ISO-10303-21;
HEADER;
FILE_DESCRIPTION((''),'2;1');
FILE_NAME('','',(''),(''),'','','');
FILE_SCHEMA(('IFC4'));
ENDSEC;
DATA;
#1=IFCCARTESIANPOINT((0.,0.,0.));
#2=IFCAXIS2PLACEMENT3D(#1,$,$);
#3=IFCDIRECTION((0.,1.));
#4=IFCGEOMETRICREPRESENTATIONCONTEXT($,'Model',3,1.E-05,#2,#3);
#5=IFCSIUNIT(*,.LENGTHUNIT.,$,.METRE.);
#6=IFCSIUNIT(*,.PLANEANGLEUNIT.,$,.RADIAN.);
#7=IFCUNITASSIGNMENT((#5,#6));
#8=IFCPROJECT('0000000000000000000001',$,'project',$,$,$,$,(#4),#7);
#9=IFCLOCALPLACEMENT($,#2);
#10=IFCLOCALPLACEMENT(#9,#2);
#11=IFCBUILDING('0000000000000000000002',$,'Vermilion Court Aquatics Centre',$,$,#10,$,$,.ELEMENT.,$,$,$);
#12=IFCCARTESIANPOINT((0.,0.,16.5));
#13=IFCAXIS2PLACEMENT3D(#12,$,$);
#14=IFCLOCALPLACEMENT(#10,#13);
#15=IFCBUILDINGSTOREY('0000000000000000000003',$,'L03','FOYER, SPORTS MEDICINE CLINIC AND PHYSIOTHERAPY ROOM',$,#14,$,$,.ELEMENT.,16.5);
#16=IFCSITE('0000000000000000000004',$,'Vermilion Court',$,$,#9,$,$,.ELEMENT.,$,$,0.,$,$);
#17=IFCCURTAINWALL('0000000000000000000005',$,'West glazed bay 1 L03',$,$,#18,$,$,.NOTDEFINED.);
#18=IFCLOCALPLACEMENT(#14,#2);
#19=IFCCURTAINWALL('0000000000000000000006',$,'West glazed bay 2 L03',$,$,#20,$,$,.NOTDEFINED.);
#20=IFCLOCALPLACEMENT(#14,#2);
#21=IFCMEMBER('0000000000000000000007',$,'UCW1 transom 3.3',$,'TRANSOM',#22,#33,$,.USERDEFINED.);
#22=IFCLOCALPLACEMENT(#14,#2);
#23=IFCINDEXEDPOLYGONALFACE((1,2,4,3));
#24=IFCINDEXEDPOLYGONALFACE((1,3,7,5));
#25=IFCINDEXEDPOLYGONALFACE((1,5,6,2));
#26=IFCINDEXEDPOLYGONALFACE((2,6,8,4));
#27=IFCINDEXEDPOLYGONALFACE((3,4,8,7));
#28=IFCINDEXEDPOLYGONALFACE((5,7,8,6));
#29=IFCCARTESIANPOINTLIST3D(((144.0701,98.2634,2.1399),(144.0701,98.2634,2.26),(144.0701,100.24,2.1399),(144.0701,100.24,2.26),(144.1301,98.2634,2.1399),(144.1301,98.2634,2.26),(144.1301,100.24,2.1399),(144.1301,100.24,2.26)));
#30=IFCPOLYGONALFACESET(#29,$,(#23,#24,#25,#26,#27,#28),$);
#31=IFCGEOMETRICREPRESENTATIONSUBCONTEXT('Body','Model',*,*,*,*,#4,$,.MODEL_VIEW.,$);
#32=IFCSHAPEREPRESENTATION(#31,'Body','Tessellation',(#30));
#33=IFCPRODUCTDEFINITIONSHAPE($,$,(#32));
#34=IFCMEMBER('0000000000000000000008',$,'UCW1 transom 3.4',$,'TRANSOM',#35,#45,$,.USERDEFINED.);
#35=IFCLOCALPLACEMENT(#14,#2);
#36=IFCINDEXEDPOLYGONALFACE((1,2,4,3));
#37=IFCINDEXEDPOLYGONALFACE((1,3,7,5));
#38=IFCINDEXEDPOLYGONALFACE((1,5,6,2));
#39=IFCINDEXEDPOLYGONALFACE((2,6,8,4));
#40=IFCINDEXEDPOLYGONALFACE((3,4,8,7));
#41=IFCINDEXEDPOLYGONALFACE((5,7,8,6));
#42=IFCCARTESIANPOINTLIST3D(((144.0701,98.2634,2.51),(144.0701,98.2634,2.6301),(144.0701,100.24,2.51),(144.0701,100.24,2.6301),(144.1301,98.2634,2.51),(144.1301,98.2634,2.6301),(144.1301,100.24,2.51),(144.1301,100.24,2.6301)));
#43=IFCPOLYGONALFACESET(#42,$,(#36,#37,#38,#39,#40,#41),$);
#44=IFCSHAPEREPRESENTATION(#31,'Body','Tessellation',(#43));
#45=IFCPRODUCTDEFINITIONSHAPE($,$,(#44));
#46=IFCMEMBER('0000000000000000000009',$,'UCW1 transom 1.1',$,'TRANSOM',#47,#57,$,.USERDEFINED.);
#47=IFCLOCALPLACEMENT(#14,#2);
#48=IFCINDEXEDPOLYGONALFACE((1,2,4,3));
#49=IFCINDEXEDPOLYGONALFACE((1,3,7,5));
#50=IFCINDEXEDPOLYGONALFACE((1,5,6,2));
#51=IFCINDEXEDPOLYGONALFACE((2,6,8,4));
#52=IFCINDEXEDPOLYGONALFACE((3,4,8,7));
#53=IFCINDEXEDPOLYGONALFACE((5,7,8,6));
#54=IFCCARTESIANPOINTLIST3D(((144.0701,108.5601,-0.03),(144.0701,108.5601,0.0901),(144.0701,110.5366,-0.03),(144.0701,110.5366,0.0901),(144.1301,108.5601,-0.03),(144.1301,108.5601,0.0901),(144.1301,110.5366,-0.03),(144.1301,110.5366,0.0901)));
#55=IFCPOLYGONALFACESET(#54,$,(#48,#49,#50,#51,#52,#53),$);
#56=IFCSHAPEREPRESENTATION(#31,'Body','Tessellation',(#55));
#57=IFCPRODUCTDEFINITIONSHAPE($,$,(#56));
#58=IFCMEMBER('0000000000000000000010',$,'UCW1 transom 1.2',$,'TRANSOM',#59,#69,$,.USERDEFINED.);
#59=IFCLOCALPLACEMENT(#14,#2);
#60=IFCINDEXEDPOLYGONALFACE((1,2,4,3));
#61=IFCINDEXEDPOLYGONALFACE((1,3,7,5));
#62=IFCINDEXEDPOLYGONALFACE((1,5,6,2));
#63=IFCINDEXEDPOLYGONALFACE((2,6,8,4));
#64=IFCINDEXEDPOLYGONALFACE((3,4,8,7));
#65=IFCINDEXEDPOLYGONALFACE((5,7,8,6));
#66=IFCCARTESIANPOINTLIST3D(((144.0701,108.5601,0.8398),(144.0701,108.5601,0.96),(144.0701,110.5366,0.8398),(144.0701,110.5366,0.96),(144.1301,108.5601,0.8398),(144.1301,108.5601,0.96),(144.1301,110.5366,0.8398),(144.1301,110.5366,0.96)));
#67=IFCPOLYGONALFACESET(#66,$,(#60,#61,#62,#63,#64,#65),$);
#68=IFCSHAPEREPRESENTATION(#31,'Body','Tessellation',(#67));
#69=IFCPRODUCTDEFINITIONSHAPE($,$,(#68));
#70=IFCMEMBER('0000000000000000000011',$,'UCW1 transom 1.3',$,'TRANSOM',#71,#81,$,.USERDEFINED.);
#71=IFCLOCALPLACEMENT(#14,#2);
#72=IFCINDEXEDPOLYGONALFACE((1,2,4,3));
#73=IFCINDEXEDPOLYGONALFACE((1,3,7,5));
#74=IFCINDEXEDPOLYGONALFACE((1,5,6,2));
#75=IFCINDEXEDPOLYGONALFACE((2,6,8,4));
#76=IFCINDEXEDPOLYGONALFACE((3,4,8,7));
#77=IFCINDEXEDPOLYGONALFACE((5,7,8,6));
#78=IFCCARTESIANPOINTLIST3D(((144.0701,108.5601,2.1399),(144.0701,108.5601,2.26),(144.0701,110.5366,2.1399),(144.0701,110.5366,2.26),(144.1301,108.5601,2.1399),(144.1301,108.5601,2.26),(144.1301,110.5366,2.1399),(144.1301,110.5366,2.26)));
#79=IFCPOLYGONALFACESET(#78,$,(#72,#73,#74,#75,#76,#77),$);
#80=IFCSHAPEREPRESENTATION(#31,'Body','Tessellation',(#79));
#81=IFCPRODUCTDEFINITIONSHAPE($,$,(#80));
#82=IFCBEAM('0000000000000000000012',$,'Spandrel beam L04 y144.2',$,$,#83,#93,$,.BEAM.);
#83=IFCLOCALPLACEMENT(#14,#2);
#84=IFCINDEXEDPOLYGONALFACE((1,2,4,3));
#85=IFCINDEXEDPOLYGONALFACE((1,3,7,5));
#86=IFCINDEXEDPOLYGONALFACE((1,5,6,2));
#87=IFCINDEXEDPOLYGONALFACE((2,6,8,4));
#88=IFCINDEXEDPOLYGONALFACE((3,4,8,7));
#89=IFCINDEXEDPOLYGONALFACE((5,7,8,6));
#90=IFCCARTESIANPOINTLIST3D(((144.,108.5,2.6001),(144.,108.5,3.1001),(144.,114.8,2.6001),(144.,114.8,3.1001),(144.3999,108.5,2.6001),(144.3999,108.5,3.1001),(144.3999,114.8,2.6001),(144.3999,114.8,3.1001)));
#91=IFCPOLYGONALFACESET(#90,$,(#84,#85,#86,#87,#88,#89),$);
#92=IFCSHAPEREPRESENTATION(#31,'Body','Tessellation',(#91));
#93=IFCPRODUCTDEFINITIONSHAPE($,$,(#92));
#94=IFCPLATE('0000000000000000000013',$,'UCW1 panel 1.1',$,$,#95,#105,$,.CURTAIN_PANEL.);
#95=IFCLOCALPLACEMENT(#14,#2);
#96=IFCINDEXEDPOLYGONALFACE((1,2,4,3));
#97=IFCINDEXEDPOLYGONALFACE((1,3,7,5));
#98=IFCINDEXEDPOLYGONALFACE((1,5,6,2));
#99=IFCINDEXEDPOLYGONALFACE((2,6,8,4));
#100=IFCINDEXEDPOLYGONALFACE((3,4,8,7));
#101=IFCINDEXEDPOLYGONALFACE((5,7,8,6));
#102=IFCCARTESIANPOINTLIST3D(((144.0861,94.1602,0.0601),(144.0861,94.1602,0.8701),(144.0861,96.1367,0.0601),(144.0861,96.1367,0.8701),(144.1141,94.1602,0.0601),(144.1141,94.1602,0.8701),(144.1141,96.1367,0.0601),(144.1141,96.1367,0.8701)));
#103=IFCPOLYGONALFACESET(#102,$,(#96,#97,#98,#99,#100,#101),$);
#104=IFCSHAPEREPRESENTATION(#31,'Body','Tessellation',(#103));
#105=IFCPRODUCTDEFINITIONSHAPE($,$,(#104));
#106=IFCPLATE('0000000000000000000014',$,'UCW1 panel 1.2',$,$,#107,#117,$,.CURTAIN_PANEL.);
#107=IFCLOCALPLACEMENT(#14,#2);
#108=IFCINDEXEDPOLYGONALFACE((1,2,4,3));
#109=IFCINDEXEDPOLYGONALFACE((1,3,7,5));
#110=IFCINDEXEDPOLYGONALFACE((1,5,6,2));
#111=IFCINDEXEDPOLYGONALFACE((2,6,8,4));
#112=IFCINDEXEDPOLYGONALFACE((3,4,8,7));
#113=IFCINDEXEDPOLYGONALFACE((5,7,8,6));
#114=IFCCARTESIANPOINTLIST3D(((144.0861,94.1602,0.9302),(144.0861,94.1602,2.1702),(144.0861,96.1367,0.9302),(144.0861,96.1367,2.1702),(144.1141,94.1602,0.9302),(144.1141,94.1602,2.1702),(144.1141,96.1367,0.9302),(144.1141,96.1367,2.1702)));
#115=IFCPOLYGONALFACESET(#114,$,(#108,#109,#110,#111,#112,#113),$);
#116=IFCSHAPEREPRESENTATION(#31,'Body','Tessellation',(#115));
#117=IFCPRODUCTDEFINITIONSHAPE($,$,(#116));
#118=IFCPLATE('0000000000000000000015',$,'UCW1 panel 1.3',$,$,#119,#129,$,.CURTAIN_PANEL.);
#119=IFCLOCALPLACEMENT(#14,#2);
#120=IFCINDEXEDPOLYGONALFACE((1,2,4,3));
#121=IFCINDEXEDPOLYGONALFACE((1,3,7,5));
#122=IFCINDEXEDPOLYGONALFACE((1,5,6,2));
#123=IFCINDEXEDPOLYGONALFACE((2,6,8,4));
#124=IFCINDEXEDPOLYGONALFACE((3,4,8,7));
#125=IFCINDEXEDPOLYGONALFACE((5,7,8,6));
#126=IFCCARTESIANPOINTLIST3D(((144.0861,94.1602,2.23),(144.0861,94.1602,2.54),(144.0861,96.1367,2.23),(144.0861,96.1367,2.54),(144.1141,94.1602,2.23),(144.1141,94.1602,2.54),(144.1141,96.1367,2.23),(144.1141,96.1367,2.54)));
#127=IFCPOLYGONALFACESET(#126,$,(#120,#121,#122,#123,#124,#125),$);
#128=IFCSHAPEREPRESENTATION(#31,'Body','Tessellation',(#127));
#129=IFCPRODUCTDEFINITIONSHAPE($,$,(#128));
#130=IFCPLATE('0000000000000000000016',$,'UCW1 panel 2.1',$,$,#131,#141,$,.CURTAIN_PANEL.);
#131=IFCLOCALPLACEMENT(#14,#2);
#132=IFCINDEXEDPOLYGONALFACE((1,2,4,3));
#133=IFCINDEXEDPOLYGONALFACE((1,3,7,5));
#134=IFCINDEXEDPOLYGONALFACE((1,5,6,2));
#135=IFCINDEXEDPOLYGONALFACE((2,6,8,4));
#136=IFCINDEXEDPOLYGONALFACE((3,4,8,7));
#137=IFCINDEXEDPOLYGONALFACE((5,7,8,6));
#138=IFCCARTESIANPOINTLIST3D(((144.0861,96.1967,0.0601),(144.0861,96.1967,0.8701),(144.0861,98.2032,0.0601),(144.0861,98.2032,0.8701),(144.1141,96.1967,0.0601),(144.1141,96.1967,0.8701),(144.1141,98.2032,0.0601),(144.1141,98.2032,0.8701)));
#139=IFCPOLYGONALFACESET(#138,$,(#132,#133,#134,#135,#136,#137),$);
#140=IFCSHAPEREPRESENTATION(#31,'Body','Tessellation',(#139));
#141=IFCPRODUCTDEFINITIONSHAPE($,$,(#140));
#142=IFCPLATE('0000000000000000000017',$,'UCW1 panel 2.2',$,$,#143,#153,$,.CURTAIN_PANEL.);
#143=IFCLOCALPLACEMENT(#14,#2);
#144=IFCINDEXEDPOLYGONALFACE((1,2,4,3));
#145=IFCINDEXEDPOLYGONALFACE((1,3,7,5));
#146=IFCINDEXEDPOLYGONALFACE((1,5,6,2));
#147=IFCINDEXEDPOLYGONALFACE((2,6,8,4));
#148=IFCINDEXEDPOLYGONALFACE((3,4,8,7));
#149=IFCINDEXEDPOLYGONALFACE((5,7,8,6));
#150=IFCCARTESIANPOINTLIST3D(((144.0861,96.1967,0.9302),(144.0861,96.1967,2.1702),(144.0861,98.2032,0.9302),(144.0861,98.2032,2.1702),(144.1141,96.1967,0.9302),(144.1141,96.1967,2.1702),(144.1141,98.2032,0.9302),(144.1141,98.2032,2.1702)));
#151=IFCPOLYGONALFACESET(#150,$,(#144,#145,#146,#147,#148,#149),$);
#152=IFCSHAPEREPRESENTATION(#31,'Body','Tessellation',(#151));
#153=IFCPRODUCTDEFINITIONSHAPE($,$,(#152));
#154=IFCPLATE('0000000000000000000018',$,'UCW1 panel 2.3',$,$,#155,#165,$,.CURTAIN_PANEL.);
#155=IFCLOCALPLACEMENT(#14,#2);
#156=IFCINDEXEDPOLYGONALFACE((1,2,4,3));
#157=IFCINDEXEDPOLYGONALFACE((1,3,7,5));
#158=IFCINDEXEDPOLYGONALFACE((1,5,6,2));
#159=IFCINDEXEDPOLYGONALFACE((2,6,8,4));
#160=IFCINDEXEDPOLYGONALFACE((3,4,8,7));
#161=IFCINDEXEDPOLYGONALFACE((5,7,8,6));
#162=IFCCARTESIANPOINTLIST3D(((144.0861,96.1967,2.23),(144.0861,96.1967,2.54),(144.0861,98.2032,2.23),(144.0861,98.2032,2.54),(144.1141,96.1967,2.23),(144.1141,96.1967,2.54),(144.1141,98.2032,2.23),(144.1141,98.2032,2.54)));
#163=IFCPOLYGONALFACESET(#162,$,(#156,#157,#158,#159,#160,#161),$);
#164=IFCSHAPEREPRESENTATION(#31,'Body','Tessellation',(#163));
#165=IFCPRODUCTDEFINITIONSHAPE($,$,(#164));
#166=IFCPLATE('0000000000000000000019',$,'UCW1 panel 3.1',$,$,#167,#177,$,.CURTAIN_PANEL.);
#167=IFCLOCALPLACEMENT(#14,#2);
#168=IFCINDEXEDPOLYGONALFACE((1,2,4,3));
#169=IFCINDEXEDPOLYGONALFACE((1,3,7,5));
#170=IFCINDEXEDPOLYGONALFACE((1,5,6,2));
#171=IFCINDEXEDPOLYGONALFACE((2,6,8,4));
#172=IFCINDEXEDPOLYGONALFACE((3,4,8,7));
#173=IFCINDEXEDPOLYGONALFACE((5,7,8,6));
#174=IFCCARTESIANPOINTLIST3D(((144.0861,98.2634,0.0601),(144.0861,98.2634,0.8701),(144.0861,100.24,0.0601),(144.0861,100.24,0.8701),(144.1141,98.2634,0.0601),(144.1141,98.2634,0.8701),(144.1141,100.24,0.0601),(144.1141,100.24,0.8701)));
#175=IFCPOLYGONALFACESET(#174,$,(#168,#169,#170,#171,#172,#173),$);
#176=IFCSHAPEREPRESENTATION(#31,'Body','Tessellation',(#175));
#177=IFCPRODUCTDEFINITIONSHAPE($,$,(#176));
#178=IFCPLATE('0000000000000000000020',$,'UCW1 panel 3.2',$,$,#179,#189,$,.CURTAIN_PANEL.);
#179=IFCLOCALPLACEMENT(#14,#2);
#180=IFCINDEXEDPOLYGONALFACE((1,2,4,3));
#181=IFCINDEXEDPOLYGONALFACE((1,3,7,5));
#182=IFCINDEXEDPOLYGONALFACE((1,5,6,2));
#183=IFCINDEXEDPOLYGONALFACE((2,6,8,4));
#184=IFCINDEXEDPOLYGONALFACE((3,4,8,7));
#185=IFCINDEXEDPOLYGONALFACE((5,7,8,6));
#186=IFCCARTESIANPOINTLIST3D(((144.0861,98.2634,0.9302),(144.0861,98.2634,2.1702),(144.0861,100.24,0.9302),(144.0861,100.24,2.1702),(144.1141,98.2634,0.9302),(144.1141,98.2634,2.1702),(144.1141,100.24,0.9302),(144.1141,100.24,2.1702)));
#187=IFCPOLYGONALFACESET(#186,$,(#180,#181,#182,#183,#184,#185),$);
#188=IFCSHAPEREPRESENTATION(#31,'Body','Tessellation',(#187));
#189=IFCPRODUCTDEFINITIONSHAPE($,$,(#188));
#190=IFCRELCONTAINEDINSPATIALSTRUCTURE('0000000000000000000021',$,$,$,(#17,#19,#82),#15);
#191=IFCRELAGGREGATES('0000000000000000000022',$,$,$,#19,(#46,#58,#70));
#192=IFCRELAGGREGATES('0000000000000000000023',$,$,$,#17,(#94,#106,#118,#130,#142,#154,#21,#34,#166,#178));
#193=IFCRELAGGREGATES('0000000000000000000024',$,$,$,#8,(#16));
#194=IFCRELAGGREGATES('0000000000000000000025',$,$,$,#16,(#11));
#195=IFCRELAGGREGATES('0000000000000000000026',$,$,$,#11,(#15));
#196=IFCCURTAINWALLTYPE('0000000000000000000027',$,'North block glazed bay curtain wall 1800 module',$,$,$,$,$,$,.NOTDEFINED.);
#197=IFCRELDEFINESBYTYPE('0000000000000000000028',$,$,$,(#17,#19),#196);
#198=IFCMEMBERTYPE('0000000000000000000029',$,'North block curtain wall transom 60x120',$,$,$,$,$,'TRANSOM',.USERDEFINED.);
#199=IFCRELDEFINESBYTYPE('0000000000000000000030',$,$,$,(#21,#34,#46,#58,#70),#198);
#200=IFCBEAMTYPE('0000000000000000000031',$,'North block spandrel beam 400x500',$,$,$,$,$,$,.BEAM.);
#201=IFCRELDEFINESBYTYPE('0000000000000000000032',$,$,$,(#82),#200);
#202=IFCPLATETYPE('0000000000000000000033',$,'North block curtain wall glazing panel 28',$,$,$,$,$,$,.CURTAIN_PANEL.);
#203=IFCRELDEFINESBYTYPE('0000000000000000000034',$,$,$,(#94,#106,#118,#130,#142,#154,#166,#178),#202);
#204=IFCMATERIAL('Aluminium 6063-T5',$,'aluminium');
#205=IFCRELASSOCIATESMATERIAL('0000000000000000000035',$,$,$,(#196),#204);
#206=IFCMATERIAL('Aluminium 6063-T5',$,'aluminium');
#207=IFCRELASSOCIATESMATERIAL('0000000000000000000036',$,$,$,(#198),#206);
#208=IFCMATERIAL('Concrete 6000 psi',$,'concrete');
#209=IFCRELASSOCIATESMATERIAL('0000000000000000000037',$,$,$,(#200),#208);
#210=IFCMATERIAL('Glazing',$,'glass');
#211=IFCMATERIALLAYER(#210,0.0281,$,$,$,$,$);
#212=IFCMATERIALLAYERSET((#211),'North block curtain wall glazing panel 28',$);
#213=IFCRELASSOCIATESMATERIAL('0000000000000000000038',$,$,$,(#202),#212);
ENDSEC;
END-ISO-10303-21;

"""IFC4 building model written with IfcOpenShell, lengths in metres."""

from ifc_helpers import new_model, si_unit, direction, frame, origin, origin_2d, place, context, subcontext, project, spatial, rectangle, extrude, material, layer, layer_set, material_profile, profile_set, type_object, element, aggregate, save


model = new_model("IFC4")

# Units and contexts
model_context = context("Model", 3, precision=1e-05, world=origin(), true_north=direction((0.0, 1.0)))
body_context = subcontext(model_context, "Body", "Model", "MODEL_VIEW")
ifc_project = project(units=[si_unit("LENGTHUNIT", "METRE"), si_unit("PLANEANGLEUNIT", "RADIAN")], contexts=[model_context])

# Site, building, storey
site_placement = place(None, origin())
site = spatial("IfcSite", under=ifc_project, at=site_placement, Name="Vermilion Court", CompositionType="ELEMENT", RefElevation=0.0)
building_placement = place(site_placement, origin())
building = spatial("IfcBuilding", under=site, at=building_placement, Name="Vermilion Court Aquatics Centre", CompositionType="ELEMENT")
storey_placement = place(building_placement, frame((0.0, 0.0, 16.5)))
storey = spatial("IfcBuildingStorey", under=building, at=storey_placement, Name="L03", Description="FOYER, SPORTS MEDICINE CLINIC AND PHYSIOTHERAPY ROOM", CompositionType="ELEMENT", Elevation=16.5)

# Curtain wall
ifc_material_1 = material(Name="Aluminium 6063-T5", Category="aluminium")
curtain_wall_type = type_object("IfcCurtainWallType", Name="North block glazed bay curtain wall 1800 module", PredefinedType="NOTDEFINED", material=ifc_material_1)
curtain_wall_1_placement = place(storey_placement, origin())
curtain_wall_1 = element("IfcCurtainWall", 1, at=curtain_wall_1_placement, inside=storey, type_object=curtain_wall_type, Name="West glazed bay 1 L03", PredefinedType="NOTDEFINED")

# Curtain wall
curtain_wall_2_placement = place(storey_placement, origin())
curtain_wall_2 = element("IfcCurtainWall", 2, at=curtain_wall_2_placement, inside=storey, type_object=curtain_wall_type, Name="West glazed bay 2 L03", PredefinedType="NOTDEFINED")

# Members
ifc_material_2 = material(Name="Aluminium 6063-T5", Category="aluminium")
ifc_material_profile_1 = material_profile(ifc_material_2, rectangle(XDim=0.0601, YDim=0.1201, at=origin_2d()), Name="AL 60x120")
ifc_profile_set_1 = profile_set([ifc_material_profile_1], Name="Aluminium 6063-T5")
member_type_1 = type_object("IfcMemberType", Name="North block curtain wall transom 60x120", ElementType="TRANSOM", PredefinedType="USERDEFINED", material=ifc_profile_set_1)
member_1_placement = place(storey_placement, frame((144.1001, 98.2634, 2.2), z_axis=(0.0, 1.0, 0.0), x_axis=(-1.0, 0.0, 0.0)))
member_1 = element("IfcMember", 3, at=member_1_placement, type_object=member_type_1, Name="UCW1 transom 3.3", ObjectType="TRANSOM", PredefinedType="USERDEFINED", context=body_context, shape_type="SweptSolid", body=[
    extrude(rectangle(XDim=0.0601, YDim=0.1201, at=origin_2d()), origin(), (0.0, 0.0, 1.0), 1.9766),
])
member_2_placement = place(storey_placement, frame((144.1001, 98.2634, 2.5701), z_axis=(0.0, 1.0, 0.0), x_axis=(-1.0, 0.0, 0.0)))
member_2 = element("IfcMember", 4, at=member_2_placement, type_object=member_type_1, Name="UCW1 transom 3.4", ObjectType="TRANSOM", PredefinedType="USERDEFINED", context=body_context, shape_type="SweptSolid", body=[
    extrude(rectangle(XDim=0.0601, YDim=0.1201, at=origin_2d()), origin(), (0.0, 0.0, 1.0), 1.9766),
])
member_3_placement = place(storey_placement, frame((144.1001, 108.5601, 0.03), z_axis=(0.0, 1.0, 0.0), x_axis=(-1.0, 0.0, 0.0)))
member_3 = element("IfcMember", 5, at=member_3_placement, type_object=member_type_1, Name="UCW1 transom 1.1", ObjectType="TRANSOM", PredefinedType="USERDEFINED", context=body_context, shape_type="SweptSolid", body=[
    extrude(rectangle(XDim=0.0601, YDim=0.1201, at=origin_2d()), origin(), (0.0, 0.0, 1.0), 1.9766),
])
member_4_placement = place(storey_placement, frame((144.1001, 108.5601, 0.8999), z_axis=(0.0, 1.0, 0.0), x_axis=(-1.0, 0.0, 0.0)))
member_4 = element("IfcMember", 6, at=member_4_placement, type_object=member_type_1, Name="UCW1 transom 1.2", ObjectType="TRANSOM", PredefinedType="USERDEFINED", context=body_context, shape_type="SweptSolid", body=[
    extrude(rectangle(XDim=0.0601, YDim=0.1201, at=origin_2d()), origin(), (0.0, 0.0, 1.0), 1.9766),
])
member_5_placement = place(storey_placement, frame((144.1001, 108.5601, 2.2), z_axis=(0.0, 1.0, 0.0), x_axis=(-1.0, 0.0, 0.0)))
member_5 = element("IfcMember", 7, at=member_5_placement, type_object=member_type_1, Name="UCW1 transom 1.3", ObjectType="TRANSOM", PredefinedType="USERDEFINED", context=body_context, shape_type="SweptSolid", body=[
    extrude(rectangle(XDim=0.0601, YDim=0.1201, at=origin_2d()), origin(), (0.0, 0.0, 1.0), 1.9766),
])
aggregate(curtain_wall_2, [member_3, member_4, member_5])

# Beam
ifc_material_3 = material(Name="Concrete 6000 psi", Category="concrete")
ifc_material_profile_2 = material_profile(ifc_material_3, rectangle(XDim=0.3999, YDim=0.5, at=origin_2d()), Name="RC 400x500")
ifc_profile_set_2 = profile_set([ifc_material_profile_2], Name="Concrete 6000 psi")
beam_type = type_object("IfcBeamType", Name="North block spandrel beam 400x500", PredefinedType="BEAM", material=ifc_profile_set_2)
beam_placement = place(storey_placement, frame((144.2, 108.5, 2.8501), z_axis=(0.0, 1.0, 0.0), x_axis=(-1.0, 0.0, 0.0)))
element("IfcBeam", 8, at=beam_placement, inside=storey, type_object=beam_type, Name="Spandrel beam L04 y144.2", PredefinedType="BEAM", context=body_context, shape_type="SweptSolid", body=[
    extrude(rectangle(XDim=0.3999, YDim=0.5, at=origin_2d()), origin(), (0.0, 0.0, 1.0), 6.3),
])

# Plates
ifc_material_4 = material(Name="Glazing", Category="glass")
ifc_layer_1 = layer(ifc_material_4, 0.0281)
ifc_layer_set_1 = layer_set([ifc_layer_1], Name="North block curtain wall glazing panel 28")
plate_type = type_object("IfcPlateType", Name="North block curtain wall glazing panel 28", PredefinedType="CURTAIN_PANEL", material=ifc_layer_set_1)
plate_1_placement = place(storey_placement, frame((144.1001, 95.1484, 0.0601), z_axis=(0.0, 0.0, 1.0), x_axis=(0.0, 1.0, 0.0)))
plate_1 = element("IfcPlate", 9, at=plate_1_placement, type_object=plate_type, Name="UCW1 panel 1.1", PredefinedType="CURTAIN_PANEL", context=body_context, shape_type="SweptSolid", body=[
    extrude(rectangle(XDim=1.9766, YDim=0.0281, at=origin_2d()), origin(), (0.0, 0.0, 1.0), 0.8101),
])
plate_2_placement = place(storey_placement, frame((144.1001, 95.1484, 0.9302), z_axis=(0.0, 0.0, 1.0), x_axis=(0.0, 1.0, 0.0)))
plate_2 = element("IfcPlate", 10, at=plate_2_placement, type_object=plate_type, Name="UCW1 panel 1.2", PredefinedType="CURTAIN_PANEL", context=body_context, shape_type="SweptSolid", body=[
    extrude(rectangle(XDim=1.9766, YDim=0.0281, at=origin_2d()), origin(), (0.0, 0.0, 1.0), 1.24),
])
plate_3_placement = place(storey_placement, frame((144.1001, 95.1484, 2.23), z_axis=(0.0, 0.0, 1.0), x_axis=(0.0, 1.0, 0.0)))
plate_3 = element("IfcPlate", 11, at=plate_3_placement, type_object=plate_type, Name="UCW1 panel 1.3", PredefinedType="CURTAIN_PANEL", context=body_context, shape_type="SweptSolid", body=[
    extrude(rectangle(XDim=1.9766, YDim=0.0281, at=origin_2d()), origin(), (0.0, 0.0, 1.0), 0.3101),
])
plate_4_placement = place(storey_placement, frame((144.1001, 97.2, 0.0601), z_axis=(0.0, 0.0, 1.0), x_axis=(0.0, 1.0, 0.0)))
plate_4 = element("IfcPlate", 12, at=plate_4_placement, type_object=plate_type, Name="UCW1 panel 2.1", PredefinedType="CURTAIN_PANEL", context=body_context, shape_type="SweptSolid", body=[
    extrude(rectangle(XDim=2.0066, YDim=0.0281, at=origin_2d()), origin(), (0.0, 0.0, 1.0), 0.8101),
])
plate_5_placement = place(storey_placement, frame((144.1001, 97.2, 0.9302), z_axis=(0.0, 0.0, 1.0), x_axis=(0.0, 1.0, 0.0)))
plate_5 = element("IfcPlate", 13, at=plate_5_placement, type_object=plate_type, Name="UCW1 panel 2.2", PredefinedType="CURTAIN_PANEL", context=body_context, shape_type="SweptSolid", body=[
    extrude(rectangle(XDim=2.0066, YDim=0.0281, at=origin_2d()), origin(), (0.0, 0.0, 1.0), 1.24),
])
plate_6_placement = place(storey_placement, frame((144.1001, 97.2, 2.23), z_axis=(0.0, 0.0, 1.0), x_axis=(0.0, 1.0, 0.0)))
plate_6 = element("IfcPlate", 14, at=plate_6_placement, type_object=plate_type, Name="UCW1 panel 2.3", PredefinedType="CURTAIN_PANEL", context=body_context, shape_type="SweptSolid", body=[
    extrude(rectangle(XDim=2.0066, YDim=0.0281, at=origin_2d()), origin(), (0.0, 0.0, 1.0), 0.3101),
])
plate_7_placement = place(storey_placement, frame((144.1001, 99.2517, 0.0601), z_axis=(0.0, 0.0, 1.0), x_axis=(0.0, 1.0, 0.0)))
plate_7 = element("IfcPlate", 15, at=plate_7_placement, type_object=plate_type, Name="UCW1 panel 3.1", PredefinedType="CURTAIN_PANEL", context=body_context, shape_type="SweptSolid", body=[
    extrude(rectangle(XDim=1.9766, YDim=0.0281, at=origin_2d()), origin(), (0.0, 0.0, 1.0), 0.8101),
])
plate_8_placement = place(storey_placement, frame((144.1001, 99.2517, 0.9302), z_axis=(0.0, 0.0, 1.0), x_axis=(0.0, 1.0, 0.0)))
plate_8 = element("IfcPlate", 16, at=plate_8_placement, type_object=plate_type, Name="UCW1 panel 3.2", PredefinedType="CURTAIN_PANEL", context=body_context, shape_type="SweptSolid", body=[
    extrude(rectangle(XDim=1.9766, YDim=0.0281, at=origin_2d()), origin(), (0.0, 0.0, 1.0), 1.24),
])
aggregate(curtain_wall_1, [plate_1, plate_2, plate_3, plate_4, plate_5, plate_6, member_1, member_2, plate_7, plate_8])

save(model, "model.ifc")
